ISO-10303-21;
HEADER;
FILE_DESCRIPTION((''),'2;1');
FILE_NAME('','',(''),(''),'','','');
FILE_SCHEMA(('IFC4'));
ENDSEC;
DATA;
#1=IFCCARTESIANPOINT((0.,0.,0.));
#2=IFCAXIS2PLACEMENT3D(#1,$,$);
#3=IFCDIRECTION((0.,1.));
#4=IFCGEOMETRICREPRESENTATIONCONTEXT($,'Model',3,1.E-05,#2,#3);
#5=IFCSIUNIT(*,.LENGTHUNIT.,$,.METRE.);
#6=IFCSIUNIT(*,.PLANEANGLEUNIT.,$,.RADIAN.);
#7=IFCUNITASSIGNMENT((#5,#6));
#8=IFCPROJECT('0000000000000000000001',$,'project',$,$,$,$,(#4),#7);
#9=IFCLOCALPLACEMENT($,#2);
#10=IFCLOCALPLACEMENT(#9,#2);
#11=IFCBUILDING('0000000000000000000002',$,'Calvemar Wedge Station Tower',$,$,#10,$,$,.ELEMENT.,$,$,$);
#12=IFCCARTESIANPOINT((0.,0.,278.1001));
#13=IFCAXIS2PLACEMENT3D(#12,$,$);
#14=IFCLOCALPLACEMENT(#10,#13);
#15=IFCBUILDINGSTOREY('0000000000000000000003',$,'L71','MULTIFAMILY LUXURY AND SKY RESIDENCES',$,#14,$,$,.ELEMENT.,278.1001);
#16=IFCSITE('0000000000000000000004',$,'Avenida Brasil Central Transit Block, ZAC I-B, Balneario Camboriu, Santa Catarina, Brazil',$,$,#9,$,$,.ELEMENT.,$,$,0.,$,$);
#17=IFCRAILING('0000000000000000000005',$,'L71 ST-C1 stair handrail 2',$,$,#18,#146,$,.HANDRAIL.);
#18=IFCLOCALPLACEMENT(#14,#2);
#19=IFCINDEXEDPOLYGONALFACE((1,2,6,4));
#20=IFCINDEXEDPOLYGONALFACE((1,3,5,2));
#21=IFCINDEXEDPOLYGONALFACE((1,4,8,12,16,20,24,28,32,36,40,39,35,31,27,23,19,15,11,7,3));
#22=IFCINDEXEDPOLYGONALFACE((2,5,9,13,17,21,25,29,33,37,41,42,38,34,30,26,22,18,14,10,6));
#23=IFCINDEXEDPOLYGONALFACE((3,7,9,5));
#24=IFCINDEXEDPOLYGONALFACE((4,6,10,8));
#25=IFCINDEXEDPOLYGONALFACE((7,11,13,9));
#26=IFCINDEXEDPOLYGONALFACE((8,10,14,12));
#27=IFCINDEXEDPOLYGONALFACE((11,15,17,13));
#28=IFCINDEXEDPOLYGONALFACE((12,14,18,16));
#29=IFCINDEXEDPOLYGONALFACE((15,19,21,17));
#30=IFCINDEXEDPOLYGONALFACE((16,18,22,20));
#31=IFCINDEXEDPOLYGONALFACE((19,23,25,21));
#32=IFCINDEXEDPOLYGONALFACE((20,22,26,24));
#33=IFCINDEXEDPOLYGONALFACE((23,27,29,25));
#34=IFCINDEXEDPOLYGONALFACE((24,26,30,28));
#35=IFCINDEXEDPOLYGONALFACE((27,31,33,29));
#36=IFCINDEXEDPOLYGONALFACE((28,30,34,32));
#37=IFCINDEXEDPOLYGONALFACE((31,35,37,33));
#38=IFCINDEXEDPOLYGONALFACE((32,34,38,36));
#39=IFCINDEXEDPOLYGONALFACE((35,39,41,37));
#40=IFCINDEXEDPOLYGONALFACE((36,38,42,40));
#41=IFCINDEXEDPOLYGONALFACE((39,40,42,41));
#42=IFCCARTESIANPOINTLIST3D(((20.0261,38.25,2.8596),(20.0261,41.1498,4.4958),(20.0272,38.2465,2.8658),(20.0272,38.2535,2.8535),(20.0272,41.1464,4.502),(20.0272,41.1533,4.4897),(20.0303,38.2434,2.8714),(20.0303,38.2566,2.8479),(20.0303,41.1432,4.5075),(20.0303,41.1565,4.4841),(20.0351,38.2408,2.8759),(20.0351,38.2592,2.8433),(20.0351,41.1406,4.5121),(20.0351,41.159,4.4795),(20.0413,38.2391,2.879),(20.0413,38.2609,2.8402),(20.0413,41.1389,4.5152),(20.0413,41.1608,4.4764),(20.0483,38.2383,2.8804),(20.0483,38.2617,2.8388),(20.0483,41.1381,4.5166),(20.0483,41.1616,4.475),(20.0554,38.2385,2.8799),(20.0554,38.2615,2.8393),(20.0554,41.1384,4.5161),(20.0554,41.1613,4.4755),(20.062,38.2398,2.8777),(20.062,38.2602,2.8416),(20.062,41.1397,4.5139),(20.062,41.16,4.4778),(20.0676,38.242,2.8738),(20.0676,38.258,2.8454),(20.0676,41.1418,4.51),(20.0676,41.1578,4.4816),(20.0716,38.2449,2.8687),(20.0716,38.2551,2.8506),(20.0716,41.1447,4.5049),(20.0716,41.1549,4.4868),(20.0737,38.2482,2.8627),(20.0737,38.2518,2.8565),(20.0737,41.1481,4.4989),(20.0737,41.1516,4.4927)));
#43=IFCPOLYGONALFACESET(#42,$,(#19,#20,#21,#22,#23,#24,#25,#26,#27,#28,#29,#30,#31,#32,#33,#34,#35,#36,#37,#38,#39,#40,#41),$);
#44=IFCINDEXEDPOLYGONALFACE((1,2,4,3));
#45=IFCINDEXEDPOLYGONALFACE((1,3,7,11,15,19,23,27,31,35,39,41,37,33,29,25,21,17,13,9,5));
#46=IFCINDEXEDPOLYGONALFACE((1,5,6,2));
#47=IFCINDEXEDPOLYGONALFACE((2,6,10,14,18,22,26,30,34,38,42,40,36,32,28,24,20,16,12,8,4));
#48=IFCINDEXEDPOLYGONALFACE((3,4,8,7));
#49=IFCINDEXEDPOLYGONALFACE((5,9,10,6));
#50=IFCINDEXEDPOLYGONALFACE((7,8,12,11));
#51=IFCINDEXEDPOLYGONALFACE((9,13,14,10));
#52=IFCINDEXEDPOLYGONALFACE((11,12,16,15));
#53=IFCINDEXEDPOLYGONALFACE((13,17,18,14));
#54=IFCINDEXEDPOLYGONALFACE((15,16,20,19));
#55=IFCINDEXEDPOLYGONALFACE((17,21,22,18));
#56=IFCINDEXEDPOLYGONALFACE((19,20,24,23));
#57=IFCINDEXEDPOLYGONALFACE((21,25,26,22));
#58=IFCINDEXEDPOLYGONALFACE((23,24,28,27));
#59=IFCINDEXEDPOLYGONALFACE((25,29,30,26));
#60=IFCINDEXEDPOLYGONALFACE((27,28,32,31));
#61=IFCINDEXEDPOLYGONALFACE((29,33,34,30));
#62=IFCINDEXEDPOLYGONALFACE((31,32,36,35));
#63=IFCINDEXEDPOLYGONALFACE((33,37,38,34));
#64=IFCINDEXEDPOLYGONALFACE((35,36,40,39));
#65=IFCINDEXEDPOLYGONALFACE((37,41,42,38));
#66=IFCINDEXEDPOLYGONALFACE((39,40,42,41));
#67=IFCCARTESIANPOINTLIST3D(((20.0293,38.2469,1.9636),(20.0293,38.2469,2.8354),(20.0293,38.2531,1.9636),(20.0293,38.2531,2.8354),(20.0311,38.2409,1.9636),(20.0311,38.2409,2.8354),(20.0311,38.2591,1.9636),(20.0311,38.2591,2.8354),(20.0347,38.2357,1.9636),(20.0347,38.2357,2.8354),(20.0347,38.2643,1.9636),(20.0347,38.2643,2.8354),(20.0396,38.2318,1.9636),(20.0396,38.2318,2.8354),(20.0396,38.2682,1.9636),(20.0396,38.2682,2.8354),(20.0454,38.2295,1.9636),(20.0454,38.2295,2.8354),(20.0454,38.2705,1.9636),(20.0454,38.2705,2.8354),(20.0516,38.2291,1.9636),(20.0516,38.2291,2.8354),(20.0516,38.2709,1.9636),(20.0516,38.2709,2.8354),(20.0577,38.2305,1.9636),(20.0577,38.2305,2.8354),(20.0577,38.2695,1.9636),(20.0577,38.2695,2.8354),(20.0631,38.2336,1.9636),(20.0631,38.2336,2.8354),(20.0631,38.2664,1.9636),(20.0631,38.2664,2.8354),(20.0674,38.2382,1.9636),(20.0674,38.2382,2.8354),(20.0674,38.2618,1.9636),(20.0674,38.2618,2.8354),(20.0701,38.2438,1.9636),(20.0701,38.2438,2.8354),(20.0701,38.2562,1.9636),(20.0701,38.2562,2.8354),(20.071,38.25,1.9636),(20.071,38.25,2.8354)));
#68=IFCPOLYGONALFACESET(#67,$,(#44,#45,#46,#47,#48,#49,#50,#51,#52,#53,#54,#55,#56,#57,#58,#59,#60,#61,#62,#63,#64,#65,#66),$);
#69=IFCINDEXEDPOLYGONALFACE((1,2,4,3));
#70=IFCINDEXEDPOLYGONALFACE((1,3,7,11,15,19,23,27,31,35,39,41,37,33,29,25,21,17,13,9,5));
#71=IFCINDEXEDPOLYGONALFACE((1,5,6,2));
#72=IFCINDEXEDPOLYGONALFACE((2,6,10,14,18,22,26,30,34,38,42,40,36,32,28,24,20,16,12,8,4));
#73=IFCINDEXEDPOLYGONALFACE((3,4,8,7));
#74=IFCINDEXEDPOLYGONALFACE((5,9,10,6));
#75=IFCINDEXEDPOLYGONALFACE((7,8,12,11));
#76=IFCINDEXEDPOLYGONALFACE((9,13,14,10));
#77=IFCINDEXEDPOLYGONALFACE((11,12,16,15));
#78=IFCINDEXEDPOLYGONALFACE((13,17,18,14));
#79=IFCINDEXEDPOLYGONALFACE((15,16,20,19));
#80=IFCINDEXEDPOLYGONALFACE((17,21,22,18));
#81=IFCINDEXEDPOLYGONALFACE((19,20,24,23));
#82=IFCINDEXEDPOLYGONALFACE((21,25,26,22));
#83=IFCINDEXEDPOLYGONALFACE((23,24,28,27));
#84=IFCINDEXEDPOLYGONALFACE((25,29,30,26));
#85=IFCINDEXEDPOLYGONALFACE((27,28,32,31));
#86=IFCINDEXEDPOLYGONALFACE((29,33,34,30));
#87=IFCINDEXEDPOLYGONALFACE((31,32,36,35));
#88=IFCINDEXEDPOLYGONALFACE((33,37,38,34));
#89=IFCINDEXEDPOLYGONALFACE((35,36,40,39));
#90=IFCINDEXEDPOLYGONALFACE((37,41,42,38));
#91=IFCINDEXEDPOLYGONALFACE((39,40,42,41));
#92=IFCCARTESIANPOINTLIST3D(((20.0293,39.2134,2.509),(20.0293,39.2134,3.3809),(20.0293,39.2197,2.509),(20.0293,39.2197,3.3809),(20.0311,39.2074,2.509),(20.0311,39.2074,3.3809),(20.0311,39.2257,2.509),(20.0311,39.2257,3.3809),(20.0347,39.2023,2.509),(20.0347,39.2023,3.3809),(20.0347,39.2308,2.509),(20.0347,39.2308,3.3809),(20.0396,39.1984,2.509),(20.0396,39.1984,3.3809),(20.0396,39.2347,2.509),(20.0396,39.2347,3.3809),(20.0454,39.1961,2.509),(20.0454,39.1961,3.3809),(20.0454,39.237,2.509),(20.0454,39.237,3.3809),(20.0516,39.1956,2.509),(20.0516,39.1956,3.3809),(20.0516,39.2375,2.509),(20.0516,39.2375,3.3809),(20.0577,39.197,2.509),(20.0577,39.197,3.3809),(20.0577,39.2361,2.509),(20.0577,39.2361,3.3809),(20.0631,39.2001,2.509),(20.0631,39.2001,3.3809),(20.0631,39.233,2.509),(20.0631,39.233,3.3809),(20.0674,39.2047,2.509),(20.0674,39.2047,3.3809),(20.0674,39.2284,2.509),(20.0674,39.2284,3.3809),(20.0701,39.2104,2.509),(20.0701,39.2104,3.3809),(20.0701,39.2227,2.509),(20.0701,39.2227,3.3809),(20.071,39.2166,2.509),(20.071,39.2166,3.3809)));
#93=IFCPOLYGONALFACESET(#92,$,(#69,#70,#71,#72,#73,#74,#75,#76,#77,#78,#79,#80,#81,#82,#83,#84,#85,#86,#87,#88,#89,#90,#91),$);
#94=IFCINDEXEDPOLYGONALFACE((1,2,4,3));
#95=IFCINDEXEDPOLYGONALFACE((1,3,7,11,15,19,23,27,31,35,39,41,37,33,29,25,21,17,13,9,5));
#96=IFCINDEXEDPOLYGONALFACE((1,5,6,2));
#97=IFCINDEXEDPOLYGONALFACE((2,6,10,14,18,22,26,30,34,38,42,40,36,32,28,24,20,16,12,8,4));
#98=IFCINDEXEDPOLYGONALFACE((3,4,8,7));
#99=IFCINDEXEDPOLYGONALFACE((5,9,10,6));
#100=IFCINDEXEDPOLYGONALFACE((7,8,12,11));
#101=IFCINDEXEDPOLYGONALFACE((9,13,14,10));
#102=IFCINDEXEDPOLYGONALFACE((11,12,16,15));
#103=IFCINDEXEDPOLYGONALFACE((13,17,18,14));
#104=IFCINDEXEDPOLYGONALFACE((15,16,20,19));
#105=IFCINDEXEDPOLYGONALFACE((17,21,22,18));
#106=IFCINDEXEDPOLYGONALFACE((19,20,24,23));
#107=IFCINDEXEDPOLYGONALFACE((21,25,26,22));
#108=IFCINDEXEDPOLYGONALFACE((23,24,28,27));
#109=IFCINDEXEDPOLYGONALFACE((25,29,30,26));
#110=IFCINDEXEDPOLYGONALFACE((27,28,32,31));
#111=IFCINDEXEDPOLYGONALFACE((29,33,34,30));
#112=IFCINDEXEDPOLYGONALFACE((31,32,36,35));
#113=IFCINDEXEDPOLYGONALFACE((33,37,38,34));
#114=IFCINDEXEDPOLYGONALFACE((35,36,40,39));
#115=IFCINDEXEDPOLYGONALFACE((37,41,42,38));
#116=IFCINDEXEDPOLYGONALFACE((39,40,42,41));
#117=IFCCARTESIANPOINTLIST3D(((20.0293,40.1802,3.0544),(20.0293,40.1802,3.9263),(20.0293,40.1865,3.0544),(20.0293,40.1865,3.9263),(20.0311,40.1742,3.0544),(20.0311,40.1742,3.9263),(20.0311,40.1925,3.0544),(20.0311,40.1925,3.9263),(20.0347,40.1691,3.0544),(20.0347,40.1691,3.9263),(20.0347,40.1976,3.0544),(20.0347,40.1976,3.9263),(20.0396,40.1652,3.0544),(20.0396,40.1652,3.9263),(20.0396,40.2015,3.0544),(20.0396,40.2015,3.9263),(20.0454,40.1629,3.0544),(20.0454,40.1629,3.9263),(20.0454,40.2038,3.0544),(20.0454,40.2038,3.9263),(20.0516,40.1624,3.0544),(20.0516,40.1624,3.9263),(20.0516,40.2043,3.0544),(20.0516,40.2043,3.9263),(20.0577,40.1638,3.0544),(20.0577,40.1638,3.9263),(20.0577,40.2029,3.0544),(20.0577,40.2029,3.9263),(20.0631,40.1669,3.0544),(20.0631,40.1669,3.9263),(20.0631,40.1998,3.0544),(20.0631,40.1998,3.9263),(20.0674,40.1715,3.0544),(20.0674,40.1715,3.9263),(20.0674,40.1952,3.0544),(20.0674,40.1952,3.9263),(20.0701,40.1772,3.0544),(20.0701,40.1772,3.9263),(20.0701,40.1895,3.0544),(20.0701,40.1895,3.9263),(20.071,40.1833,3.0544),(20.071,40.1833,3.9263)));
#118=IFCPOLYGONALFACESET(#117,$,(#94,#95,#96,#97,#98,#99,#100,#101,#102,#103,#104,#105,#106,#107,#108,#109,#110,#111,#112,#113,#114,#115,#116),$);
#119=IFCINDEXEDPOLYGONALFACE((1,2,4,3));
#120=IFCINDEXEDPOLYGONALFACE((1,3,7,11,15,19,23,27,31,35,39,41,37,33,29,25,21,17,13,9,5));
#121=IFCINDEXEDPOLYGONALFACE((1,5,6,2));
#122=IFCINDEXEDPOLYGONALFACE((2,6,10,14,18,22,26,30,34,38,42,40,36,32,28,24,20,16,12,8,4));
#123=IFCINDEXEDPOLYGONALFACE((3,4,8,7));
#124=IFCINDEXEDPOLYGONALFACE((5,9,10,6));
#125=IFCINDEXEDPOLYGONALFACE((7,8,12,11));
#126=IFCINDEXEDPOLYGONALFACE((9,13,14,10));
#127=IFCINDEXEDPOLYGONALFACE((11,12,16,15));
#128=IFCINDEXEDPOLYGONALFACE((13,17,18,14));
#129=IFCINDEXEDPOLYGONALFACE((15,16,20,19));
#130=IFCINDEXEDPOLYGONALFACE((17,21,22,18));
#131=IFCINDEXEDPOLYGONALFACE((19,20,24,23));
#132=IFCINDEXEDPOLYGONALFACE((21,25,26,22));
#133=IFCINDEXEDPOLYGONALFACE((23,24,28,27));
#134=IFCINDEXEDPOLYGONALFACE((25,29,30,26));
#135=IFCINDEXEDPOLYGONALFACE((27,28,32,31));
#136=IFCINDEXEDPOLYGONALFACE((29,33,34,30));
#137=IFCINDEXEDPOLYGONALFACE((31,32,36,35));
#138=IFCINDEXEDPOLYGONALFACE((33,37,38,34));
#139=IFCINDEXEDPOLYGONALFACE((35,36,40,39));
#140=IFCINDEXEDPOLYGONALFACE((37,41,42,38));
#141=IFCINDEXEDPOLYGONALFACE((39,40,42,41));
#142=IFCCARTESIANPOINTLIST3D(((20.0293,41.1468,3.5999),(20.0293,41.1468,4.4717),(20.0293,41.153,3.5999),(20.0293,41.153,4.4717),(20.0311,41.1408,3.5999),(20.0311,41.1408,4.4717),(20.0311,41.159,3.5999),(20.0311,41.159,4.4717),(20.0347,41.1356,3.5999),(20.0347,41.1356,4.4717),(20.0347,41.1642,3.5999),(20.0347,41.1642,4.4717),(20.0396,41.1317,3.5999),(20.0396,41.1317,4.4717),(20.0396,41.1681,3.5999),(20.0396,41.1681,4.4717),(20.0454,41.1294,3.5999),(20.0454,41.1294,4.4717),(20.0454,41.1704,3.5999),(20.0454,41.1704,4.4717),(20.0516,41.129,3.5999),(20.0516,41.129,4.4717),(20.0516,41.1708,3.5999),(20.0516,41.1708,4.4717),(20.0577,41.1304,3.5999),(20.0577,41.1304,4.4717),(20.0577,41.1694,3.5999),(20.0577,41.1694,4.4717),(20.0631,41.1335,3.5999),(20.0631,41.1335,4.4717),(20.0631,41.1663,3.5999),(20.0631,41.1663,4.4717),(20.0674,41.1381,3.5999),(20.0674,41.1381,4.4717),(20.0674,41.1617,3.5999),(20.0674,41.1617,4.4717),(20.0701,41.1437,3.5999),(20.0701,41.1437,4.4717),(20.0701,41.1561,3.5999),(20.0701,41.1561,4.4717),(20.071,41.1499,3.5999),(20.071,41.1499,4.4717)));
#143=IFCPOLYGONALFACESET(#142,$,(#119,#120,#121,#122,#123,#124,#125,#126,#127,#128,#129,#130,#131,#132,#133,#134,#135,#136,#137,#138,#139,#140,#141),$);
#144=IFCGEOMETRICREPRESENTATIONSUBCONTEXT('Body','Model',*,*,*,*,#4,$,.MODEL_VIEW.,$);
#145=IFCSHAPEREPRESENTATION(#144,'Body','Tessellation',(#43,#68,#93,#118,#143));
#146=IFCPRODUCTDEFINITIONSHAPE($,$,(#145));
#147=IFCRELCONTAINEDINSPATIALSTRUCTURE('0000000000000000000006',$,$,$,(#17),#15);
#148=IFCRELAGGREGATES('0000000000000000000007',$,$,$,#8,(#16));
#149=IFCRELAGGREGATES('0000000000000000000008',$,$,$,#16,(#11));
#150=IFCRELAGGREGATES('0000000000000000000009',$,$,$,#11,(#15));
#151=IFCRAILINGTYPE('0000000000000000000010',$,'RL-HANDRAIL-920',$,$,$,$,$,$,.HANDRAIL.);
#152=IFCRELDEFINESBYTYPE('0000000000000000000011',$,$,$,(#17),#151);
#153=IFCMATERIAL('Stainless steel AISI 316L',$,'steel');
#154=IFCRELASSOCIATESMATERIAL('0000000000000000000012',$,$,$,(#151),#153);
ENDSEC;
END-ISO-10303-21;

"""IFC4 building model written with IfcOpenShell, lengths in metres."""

from ifc_helpers import new_model, si_unit, direction, frame, origin, origin_2d, place, context, subcontext, project, spatial, circle, extrude, material, type_object, element, save


model = new_model("IFC4")

# Units and contexts
model_context = context("Model", 3, precision=1e-05, world=origin(), true_north=direction((0.0, 1.0)))
body_context = subcontext(model_context, "Body", "Model", "MODEL_VIEW")
ifc_project = project(units=[si_unit("LENGTHUNIT", "METRE"), si_unit("PLANEANGLEUNIT", "RADIAN")], contexts=[model_context])

# Site, building, storey
site_placement = place(None, origin())
site = spatial("IfcSite", under=ifc_project, at=site_placement, Name="Avenida Brasil Central Transit Block, ZAC I-B, Balneario Camboriu, Santa Catarina, Brazil", CompositionType="ELEMENT", RefElevation=0.0)
building_placement = place(site_placement, origin())
building = spatial("IfcBuilding", under=site, at=building_placement, Name="Calvemar Wedge Station Tower", CompositionType="ELEMENT")
storey_placement = place(building_placement, frame((0.0, 0.0, 278.1001)))
storey = spatial("IfcBuildingStorey", under=building, at=storey_placement, Name="L71", Description="MULTIFAMILY LUXURY AND SKY RESIDENCES", CompositionType="ELEMENT", Elevation=278.1001)

# Railing
ifc_material_1 = material(Name="Stainless steel AISI 316L", Category="steel")
railing_type_1 = type_object("IfcRailingType", Name="RL-HANDRAIL-920", PredefinedType="HANDRAIL", material=ifc_material_1)
railing_1_placement = place(storey_placement, frame((20.05, 38.25, 1.9636)))
element("IfcRailing", 1, at=railing_1_placement, inside=storey, type_object=railing_type_1, Name="L71 ST-C1 stair handrail 2", PredefinedType="HANDRAIL", context=body_context, shape_type="SweptSolid", body=[
    extrude(circle(Radius=0.0239, at=origin_2d()), frame((0.0, 0.0, 0.896), z_axis=(0.0, 0.870929, 0.49141), x_axis=(-1.0, 0.0, 0.0)), (0.0, 0.0, 1.0), 3.3296),
    extrude(circle(Radius=0.021, at=origin_2d()), origin(), (0.0, 0.0, 1.0), 0.8718),
    extrude(circle(Radius=0.021, at=origin_2d()), frame((0.0, 0.9666, 0.5454)), (0.0, 0.0, 1.0), 0.8718),
    extrude(circle(Radius=0.021, at=origin_2d()), frame((0.0, 1.9333, 1.0908)), (0.0, 0.0, 1.0), 0.8718),
    extrude(circle(Radius=0.021, at=origin_2d()), frame((0.0, 2.8999, 1.6362)), (0.0, 0.0, 1.0), 0.8718),
])

save(model, "model.ifc")
